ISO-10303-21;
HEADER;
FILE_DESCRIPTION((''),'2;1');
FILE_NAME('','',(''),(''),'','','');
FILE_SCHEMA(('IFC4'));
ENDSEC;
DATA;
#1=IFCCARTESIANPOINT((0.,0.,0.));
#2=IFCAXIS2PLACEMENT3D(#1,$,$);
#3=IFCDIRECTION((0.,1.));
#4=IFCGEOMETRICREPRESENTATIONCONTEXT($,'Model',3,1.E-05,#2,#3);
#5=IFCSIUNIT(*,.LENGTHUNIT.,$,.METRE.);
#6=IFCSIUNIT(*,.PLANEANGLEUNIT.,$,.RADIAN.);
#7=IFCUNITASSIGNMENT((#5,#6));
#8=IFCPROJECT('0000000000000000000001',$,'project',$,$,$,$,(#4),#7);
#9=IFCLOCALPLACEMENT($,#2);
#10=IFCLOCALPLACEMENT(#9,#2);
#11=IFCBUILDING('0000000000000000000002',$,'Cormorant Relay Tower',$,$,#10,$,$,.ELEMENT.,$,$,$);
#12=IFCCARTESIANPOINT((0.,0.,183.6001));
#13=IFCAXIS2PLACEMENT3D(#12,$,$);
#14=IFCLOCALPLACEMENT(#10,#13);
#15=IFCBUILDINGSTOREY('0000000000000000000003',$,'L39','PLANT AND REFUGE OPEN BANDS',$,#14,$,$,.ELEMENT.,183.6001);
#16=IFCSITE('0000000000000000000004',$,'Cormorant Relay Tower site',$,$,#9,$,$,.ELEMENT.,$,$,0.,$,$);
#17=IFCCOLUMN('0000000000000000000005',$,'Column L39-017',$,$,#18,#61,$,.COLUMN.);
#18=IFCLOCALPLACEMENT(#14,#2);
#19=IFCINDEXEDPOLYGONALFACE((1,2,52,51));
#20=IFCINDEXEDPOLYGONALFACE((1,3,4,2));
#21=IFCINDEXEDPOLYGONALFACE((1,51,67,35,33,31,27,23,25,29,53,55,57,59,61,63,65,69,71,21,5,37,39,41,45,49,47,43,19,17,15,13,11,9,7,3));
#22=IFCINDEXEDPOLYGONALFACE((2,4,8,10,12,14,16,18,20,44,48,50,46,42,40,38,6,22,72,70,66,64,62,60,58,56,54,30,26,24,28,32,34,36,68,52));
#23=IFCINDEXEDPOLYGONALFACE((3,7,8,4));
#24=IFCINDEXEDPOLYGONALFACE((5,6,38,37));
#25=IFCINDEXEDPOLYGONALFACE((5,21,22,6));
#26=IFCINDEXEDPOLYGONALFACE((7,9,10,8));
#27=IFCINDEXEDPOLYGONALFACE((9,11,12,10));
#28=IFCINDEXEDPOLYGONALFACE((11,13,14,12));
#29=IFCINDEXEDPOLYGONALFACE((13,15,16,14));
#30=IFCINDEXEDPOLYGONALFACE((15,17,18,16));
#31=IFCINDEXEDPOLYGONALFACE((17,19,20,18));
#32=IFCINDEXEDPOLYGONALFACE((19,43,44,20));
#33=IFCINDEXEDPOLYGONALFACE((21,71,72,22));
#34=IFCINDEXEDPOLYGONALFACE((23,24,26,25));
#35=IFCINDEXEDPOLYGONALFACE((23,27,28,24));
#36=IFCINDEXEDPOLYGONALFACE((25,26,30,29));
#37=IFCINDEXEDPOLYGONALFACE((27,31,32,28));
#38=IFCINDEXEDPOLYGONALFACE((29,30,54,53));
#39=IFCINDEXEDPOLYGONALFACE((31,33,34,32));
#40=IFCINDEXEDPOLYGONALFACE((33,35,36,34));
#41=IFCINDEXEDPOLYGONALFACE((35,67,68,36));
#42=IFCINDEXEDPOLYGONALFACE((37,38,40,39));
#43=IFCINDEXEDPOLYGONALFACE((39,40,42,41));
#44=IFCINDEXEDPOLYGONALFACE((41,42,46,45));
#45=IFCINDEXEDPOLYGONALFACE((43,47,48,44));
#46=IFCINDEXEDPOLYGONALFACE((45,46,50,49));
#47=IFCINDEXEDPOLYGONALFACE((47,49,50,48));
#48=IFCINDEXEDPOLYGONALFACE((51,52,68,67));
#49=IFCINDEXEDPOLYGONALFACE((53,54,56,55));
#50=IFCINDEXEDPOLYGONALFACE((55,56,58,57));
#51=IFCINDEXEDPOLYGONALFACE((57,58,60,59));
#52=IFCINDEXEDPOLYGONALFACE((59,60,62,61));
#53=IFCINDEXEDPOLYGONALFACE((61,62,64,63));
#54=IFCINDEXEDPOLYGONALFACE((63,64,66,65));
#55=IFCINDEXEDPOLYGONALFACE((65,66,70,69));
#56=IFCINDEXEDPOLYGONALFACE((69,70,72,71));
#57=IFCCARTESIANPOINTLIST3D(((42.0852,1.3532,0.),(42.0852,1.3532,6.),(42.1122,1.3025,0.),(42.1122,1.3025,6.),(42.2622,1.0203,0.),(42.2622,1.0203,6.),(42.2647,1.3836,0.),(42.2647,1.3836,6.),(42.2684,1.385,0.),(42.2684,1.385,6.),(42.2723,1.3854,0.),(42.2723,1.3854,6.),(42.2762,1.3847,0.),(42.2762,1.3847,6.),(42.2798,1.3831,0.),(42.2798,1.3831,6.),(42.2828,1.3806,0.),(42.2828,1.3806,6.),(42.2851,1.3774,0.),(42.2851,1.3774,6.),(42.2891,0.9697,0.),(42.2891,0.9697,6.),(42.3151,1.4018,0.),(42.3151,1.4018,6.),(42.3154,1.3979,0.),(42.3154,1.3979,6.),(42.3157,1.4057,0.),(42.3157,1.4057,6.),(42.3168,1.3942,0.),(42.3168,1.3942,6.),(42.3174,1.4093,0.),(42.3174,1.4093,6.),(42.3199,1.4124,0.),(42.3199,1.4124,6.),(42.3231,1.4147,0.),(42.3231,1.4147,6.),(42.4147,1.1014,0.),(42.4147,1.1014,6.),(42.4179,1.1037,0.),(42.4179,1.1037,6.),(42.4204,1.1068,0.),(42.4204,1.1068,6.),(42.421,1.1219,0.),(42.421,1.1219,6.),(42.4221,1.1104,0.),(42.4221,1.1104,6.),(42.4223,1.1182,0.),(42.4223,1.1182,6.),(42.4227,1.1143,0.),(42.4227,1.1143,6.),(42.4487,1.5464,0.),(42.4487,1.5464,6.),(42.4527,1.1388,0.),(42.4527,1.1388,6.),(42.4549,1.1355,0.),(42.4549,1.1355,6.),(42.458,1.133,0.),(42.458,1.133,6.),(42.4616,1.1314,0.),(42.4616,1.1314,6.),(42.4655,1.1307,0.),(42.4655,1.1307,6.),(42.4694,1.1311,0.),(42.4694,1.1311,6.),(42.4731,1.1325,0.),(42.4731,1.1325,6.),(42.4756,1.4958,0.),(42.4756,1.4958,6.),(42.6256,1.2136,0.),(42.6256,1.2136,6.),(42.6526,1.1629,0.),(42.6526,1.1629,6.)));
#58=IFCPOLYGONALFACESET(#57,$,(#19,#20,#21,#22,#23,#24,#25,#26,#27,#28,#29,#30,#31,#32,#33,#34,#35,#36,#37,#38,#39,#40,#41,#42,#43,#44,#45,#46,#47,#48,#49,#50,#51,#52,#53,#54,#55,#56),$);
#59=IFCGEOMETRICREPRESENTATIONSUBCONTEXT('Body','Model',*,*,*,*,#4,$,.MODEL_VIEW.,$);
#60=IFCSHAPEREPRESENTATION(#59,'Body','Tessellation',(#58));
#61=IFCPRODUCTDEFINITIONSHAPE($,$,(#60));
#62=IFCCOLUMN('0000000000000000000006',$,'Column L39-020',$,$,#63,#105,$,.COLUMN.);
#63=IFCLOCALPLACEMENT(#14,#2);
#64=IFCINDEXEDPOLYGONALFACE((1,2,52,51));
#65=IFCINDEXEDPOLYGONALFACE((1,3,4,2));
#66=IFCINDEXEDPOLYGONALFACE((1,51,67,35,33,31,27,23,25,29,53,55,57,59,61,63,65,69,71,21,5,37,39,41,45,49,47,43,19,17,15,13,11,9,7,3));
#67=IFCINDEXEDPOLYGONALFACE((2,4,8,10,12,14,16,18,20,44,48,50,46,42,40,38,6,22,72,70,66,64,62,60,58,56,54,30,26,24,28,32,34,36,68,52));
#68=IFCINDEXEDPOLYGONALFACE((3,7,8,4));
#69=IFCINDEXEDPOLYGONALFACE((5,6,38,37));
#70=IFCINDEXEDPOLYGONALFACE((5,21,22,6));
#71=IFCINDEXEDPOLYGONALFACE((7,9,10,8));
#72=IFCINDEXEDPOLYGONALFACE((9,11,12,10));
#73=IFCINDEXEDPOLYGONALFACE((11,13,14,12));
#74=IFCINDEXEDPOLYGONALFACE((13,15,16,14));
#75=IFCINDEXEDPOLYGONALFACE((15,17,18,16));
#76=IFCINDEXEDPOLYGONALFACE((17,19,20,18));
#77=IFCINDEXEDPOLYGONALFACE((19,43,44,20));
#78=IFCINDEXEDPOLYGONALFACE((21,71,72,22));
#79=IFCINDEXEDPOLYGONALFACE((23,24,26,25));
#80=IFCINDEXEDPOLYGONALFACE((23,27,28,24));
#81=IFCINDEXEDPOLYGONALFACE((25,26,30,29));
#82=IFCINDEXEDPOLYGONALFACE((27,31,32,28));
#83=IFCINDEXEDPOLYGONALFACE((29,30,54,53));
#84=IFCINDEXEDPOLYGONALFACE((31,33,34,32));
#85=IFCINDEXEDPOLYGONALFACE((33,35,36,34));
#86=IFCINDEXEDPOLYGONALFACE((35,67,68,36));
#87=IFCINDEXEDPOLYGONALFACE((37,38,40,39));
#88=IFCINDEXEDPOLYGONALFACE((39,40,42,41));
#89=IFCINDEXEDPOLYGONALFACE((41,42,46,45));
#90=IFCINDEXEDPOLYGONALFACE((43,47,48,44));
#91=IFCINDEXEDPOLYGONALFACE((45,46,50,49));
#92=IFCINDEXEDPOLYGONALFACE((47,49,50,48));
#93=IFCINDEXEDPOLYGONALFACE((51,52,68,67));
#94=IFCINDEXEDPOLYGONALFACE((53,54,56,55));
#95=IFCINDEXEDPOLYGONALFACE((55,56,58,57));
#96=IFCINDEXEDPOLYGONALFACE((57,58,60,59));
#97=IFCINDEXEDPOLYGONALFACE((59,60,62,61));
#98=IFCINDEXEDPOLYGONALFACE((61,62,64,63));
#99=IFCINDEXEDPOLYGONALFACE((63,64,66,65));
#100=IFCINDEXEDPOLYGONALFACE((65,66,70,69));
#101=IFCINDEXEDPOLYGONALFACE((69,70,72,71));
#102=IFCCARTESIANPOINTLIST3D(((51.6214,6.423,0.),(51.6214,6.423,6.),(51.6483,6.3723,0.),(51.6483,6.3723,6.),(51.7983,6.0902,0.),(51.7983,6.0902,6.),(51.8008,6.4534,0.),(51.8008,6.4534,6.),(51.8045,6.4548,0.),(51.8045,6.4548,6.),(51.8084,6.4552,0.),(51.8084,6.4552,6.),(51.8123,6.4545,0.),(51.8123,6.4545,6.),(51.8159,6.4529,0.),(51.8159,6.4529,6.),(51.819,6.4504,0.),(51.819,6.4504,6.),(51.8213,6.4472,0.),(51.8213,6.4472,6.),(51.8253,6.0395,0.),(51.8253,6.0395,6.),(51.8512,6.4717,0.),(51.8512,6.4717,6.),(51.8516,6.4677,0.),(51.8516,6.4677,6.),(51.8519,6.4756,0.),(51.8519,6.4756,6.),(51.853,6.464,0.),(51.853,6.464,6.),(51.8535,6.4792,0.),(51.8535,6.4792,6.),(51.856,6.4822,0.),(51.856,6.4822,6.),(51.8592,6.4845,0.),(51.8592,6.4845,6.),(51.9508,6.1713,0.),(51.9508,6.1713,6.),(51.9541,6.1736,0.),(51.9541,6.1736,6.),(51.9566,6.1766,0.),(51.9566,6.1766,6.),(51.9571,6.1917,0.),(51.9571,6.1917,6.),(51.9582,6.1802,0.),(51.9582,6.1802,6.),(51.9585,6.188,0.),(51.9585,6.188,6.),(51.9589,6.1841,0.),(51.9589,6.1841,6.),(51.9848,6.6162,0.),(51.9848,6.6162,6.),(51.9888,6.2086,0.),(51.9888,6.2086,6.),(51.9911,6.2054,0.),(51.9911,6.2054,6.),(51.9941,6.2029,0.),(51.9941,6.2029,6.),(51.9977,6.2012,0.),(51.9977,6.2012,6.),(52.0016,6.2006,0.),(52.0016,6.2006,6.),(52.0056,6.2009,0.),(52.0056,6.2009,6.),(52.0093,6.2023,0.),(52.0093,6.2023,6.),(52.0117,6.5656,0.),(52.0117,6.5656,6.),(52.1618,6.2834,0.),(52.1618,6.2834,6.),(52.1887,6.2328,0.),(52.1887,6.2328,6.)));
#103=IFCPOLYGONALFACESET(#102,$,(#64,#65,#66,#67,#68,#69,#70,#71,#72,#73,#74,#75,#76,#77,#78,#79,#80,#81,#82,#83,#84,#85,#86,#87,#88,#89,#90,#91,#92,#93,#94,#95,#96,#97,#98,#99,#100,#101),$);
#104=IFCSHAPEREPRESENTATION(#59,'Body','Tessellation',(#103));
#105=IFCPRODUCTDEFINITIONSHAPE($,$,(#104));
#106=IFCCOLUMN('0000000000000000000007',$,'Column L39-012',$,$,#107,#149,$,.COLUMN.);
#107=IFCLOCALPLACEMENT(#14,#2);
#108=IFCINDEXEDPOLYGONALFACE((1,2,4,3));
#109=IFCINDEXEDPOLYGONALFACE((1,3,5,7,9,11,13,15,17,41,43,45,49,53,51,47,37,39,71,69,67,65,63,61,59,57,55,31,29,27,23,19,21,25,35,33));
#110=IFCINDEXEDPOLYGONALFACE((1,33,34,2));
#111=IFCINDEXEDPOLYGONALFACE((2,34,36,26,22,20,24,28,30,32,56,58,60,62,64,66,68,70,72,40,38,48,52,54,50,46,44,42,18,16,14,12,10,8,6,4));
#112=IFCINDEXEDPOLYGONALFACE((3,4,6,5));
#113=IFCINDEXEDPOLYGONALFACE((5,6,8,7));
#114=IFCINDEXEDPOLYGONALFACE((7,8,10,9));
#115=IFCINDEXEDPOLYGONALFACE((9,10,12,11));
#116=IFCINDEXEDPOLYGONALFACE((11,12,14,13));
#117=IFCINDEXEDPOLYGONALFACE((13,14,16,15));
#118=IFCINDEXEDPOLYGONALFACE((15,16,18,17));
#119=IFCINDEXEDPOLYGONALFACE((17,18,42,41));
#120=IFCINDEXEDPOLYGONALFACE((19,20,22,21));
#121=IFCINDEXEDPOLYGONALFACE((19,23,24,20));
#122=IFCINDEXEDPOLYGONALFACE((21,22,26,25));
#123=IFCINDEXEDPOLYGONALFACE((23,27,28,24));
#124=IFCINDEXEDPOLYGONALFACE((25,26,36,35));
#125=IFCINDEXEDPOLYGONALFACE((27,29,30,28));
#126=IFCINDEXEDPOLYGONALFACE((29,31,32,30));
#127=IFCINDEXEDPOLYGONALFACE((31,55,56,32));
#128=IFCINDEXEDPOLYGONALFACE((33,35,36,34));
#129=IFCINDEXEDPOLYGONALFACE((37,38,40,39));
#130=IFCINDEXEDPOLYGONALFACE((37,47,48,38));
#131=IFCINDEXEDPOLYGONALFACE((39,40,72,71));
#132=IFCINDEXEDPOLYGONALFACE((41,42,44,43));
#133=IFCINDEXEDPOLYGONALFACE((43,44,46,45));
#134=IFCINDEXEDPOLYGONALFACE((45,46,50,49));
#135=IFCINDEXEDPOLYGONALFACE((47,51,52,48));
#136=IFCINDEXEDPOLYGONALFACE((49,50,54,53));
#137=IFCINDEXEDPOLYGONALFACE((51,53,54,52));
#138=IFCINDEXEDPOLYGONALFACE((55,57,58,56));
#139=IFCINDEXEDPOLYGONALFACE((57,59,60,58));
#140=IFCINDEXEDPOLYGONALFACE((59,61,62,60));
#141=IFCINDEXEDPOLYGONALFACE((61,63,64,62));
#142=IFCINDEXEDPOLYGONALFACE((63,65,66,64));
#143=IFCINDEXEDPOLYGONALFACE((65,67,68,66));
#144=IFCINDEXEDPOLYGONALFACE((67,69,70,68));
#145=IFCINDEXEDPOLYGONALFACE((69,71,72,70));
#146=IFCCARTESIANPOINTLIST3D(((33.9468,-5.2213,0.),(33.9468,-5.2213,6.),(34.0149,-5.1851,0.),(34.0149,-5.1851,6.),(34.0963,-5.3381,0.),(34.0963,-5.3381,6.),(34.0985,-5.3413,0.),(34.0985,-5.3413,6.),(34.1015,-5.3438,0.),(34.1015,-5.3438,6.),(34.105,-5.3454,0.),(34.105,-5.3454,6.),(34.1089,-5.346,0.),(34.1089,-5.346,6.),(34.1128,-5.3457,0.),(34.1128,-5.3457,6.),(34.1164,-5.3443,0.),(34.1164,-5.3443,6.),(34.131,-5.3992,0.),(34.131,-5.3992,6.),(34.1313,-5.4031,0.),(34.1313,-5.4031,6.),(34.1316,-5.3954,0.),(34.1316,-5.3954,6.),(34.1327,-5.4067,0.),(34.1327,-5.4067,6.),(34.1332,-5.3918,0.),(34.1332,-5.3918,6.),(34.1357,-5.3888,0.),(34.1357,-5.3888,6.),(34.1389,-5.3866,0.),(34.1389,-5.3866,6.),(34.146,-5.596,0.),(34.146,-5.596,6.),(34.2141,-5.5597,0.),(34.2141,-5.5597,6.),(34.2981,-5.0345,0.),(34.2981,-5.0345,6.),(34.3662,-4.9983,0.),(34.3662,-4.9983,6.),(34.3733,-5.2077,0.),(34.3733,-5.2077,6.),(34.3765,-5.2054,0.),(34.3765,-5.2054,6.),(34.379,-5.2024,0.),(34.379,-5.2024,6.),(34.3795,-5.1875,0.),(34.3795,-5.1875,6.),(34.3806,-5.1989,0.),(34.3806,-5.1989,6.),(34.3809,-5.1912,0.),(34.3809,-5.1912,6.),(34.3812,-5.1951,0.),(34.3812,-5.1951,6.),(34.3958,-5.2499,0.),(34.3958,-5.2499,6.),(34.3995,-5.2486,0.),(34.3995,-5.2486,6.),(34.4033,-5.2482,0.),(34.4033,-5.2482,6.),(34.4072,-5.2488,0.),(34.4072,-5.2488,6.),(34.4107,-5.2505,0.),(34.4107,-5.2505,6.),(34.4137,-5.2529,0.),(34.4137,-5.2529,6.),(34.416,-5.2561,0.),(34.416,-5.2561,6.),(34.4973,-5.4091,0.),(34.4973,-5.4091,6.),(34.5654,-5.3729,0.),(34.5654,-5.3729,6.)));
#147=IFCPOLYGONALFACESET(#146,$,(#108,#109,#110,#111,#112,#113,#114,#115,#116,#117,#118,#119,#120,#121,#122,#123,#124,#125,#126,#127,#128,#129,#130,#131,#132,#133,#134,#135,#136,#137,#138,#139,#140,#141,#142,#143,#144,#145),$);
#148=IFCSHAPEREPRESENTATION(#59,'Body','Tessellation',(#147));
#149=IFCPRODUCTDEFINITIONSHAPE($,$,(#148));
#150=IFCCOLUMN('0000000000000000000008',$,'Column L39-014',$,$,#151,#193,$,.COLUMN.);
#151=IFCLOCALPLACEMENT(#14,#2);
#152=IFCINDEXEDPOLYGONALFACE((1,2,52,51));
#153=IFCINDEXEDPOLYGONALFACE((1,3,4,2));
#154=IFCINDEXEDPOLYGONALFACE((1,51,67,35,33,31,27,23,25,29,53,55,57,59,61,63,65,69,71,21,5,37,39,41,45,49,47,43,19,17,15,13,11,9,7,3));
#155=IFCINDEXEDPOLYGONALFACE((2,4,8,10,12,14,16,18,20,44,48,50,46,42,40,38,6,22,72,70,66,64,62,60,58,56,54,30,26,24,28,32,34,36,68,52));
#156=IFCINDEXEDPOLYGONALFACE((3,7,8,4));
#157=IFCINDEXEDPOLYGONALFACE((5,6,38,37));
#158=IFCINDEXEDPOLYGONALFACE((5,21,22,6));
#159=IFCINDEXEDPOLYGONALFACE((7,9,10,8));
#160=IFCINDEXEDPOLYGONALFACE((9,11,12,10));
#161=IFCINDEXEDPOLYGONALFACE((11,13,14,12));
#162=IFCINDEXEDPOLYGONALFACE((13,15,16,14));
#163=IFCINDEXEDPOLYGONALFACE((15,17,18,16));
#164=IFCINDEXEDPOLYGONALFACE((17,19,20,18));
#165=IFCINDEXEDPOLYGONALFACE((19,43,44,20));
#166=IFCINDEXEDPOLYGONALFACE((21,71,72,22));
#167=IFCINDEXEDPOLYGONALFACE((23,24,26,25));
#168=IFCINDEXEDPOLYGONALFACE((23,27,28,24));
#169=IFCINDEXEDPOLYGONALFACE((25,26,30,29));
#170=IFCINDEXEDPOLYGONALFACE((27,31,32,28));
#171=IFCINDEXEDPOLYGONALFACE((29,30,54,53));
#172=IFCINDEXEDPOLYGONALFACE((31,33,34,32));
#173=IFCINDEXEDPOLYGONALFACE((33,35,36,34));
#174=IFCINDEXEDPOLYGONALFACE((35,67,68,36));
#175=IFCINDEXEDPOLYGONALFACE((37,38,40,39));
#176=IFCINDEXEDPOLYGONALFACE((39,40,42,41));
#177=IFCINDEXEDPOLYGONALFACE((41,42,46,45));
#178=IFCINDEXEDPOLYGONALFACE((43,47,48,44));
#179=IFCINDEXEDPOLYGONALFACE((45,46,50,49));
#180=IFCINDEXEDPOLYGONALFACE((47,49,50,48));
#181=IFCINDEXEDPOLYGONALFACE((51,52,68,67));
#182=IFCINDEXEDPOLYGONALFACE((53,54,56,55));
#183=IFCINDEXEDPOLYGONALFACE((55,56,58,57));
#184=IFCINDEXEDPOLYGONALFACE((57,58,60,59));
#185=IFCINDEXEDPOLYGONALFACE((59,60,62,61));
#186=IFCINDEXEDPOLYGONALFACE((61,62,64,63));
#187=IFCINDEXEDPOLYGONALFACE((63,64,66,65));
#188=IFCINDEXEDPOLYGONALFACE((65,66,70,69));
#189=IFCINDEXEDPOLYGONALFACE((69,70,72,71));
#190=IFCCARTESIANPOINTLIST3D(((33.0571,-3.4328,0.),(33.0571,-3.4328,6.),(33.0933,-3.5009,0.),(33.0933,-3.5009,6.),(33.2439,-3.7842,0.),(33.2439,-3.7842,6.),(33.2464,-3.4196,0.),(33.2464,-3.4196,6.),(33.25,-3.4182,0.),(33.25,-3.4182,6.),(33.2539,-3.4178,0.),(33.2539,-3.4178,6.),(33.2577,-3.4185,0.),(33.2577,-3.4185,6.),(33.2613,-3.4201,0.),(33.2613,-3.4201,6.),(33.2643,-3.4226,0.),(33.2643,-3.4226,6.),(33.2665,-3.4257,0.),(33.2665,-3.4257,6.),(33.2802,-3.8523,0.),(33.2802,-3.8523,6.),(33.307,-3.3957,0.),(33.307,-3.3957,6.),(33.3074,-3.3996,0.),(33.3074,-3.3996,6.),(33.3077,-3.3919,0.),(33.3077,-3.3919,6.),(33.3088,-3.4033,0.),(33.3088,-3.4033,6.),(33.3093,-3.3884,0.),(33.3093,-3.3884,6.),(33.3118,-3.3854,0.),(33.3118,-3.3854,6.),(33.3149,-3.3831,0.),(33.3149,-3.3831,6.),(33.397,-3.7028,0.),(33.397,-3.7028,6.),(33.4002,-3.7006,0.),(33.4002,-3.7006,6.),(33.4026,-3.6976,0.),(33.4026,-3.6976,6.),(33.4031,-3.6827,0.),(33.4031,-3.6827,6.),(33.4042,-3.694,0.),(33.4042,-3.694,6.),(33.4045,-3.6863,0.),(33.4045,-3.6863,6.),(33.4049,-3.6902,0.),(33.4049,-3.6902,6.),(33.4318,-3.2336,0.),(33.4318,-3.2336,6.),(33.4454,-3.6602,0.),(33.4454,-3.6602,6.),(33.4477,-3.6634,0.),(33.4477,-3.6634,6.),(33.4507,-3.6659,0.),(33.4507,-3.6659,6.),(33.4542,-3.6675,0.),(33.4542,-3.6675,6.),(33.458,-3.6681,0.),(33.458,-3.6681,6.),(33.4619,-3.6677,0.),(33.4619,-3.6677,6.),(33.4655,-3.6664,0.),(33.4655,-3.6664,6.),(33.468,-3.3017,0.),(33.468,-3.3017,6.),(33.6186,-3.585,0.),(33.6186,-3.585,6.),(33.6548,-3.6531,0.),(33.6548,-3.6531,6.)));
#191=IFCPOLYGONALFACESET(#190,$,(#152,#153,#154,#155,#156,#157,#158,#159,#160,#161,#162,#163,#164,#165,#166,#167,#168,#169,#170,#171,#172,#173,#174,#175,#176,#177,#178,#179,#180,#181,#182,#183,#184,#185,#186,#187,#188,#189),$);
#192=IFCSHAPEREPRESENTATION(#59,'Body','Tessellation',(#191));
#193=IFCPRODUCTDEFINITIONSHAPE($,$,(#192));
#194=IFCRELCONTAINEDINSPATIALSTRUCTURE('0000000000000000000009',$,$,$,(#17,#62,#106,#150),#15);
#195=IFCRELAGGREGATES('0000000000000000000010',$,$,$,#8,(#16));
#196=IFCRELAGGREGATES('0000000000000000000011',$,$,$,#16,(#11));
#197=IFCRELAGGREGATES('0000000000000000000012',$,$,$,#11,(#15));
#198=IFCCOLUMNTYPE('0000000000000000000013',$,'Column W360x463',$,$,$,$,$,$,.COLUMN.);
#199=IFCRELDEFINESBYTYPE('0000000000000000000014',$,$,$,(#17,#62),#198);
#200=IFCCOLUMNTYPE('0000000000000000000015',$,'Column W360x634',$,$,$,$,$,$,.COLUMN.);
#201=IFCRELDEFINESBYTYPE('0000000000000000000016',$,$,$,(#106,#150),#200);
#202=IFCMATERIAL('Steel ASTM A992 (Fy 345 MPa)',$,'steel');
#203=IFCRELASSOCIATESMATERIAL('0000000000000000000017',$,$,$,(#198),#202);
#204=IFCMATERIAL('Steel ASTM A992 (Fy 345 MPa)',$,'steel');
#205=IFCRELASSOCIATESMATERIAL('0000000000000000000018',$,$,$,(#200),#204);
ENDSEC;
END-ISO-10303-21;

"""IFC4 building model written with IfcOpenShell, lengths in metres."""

from ifc_helpers import new_model, si_unit, direction, frame, origin, origin_2d, place, context, subcontext, project, spatial, i_section, extrude, material, material_profile, profile_set, type_object, element, save


model = new_model("IFC4")

# Units and contexts
model_context = context("Model", 3, precision=1e-05, world=origin(), true_north=direction((0.0, 1.0)))
body_context = subcontext(model_context, "Body", "Model", "MODEL_VIEW")
ifc_project = project(units=[si_unit("LENGTHUNIT", "METRE"), si_unit("PLANEANGLEUNIT", "RADIAN")], contexts=[model_context])

# Site, building, storey
site_placement = place(None, origin())
site = spatial("IfcSite", under=ifc_project, at=site_placement, Name="Cormorant Relay Tower site", CompositionType="ELEMENT", RefElevation=0.0)
building_placement = place(site_placement, origin())
building = spatial("IfcBuilding", under=site, at=building_placement, Name="Cormorant Relay Tower", CompositionType="ELEMENT")
storey_placement = place(building_placement, frame((0.0, 0.0, 183.6001)))
storey = spatial("IfcBuildingStorey", under=building, at=storey_placement, Name="L39", Description="PLANT AND REFUGE OPEN BANDS", CompositionType="ELEMENT", Elevation=183.6001)

# Columns
ifc_material_1 = material(Name="Steel ASTM A992 (Fy 345 MPa)", Category="steel")
ifc_material_profile_1 = material_profile(ifc_material_1, i_section(OverallWidth=0.4116, OverallDepth=0.4343, WebThickness=0.0359, FlangeThickness=0.0574, FilletRadius=0.0151, at=origin_2d()), Name="W360x463")
ifc_profile_set_1 = profile_set([ifc_material_profile_1], Name="Steel ASTM A992 (Fy 345 MPa)")
column_type_1 = type_object("IfcColumnType", Name="Column W360x463", PredefinedType="COLUMN", material=ifc_profile_set_1)
for number, where, z_axis, x_axis, name in (
    (1, (42.3689, 1.2581, 0.0), (0.0, 0.0, 1.0), (0.882948, 0.469472, 0.0), "Column L39-017"),
    (2, (51.905, 6.3279, 0.0), (0.0, 0.0, 1.0), (0.882948, 0.469472, 0.0), "Column L39-020"),
):
    element("IfcColumn", number, at=place(storey_placement, frame(where, z_axis=z_axis, x_axis=x_axis)), inside=storey, type_object=column_type_1, Name=name, PredefinedType="COLUMN", context=body_context, shape_type="SweptSolid", body=[
        extrude(i_section(OverallWidth=0.4116, OverallDepth=0.4343, WebThickness=0.0359, FlangeThickness=0.0574, FilletRadius=0.0151, at=origin_2d()), origin(), (0.0, 0.0, 1.0), 6.0),
    ])
ifc_material_2 = material(Name="Steel ASTM A992 (Fy 345 MPa)", Category="steel")
ifc_material_profile_2 = material_profile(ifc_material_2, i_section(OverallWidth=0.4243, OverallDepth=0.4751, WebThickness=0.0479, FlangeThickness=0.0771, FilletRadius=0.0149, at=origin_2d()), Name="W360x634")
ifc_profile_set_2 = profile_set([ifc_material_profile_2], Name="Steel ASTM A992 (Fy 345 MPa)")
column_type_2 = type_object("IfcColumnType", Name="Column W360x634", PredefinedType="COLUMN", material=ifc_profile_set_2)
for number, where, z_axis, x_axis, name in (
    (3, (34.2561, -5.2971, 0.0), (0.0, 0.0, 1.0), (-0.469472, 0.882948, 0.0), "Column L39-012"),
    (4, (33.356, -3.543, 0.0), (0.0, 0.0, 1.0), (0.882948, 0.469472, 0.0), "Column L39-014"),
):
    element("IfcColumn", number, at=place(storey_placement, frame(where, z_axis=z_axis, x_axis=x_axis)), inside=storey, type_object=column_type_2, Name=name, PredefinedType="COLUMN", context=body_context, shape_type="SweptSolid", body=[
        extrude(i_section(OverallWidth=0.4243, OverallDepth=0.4751, WebThickness=0.0479, FlangeThickness=0.0771, FilletRadius=0.0149, at=origin_2d()), origin(), (0.0, 0.0, 1.0), 6.0),
    ])

save(model, "model.ifc")
